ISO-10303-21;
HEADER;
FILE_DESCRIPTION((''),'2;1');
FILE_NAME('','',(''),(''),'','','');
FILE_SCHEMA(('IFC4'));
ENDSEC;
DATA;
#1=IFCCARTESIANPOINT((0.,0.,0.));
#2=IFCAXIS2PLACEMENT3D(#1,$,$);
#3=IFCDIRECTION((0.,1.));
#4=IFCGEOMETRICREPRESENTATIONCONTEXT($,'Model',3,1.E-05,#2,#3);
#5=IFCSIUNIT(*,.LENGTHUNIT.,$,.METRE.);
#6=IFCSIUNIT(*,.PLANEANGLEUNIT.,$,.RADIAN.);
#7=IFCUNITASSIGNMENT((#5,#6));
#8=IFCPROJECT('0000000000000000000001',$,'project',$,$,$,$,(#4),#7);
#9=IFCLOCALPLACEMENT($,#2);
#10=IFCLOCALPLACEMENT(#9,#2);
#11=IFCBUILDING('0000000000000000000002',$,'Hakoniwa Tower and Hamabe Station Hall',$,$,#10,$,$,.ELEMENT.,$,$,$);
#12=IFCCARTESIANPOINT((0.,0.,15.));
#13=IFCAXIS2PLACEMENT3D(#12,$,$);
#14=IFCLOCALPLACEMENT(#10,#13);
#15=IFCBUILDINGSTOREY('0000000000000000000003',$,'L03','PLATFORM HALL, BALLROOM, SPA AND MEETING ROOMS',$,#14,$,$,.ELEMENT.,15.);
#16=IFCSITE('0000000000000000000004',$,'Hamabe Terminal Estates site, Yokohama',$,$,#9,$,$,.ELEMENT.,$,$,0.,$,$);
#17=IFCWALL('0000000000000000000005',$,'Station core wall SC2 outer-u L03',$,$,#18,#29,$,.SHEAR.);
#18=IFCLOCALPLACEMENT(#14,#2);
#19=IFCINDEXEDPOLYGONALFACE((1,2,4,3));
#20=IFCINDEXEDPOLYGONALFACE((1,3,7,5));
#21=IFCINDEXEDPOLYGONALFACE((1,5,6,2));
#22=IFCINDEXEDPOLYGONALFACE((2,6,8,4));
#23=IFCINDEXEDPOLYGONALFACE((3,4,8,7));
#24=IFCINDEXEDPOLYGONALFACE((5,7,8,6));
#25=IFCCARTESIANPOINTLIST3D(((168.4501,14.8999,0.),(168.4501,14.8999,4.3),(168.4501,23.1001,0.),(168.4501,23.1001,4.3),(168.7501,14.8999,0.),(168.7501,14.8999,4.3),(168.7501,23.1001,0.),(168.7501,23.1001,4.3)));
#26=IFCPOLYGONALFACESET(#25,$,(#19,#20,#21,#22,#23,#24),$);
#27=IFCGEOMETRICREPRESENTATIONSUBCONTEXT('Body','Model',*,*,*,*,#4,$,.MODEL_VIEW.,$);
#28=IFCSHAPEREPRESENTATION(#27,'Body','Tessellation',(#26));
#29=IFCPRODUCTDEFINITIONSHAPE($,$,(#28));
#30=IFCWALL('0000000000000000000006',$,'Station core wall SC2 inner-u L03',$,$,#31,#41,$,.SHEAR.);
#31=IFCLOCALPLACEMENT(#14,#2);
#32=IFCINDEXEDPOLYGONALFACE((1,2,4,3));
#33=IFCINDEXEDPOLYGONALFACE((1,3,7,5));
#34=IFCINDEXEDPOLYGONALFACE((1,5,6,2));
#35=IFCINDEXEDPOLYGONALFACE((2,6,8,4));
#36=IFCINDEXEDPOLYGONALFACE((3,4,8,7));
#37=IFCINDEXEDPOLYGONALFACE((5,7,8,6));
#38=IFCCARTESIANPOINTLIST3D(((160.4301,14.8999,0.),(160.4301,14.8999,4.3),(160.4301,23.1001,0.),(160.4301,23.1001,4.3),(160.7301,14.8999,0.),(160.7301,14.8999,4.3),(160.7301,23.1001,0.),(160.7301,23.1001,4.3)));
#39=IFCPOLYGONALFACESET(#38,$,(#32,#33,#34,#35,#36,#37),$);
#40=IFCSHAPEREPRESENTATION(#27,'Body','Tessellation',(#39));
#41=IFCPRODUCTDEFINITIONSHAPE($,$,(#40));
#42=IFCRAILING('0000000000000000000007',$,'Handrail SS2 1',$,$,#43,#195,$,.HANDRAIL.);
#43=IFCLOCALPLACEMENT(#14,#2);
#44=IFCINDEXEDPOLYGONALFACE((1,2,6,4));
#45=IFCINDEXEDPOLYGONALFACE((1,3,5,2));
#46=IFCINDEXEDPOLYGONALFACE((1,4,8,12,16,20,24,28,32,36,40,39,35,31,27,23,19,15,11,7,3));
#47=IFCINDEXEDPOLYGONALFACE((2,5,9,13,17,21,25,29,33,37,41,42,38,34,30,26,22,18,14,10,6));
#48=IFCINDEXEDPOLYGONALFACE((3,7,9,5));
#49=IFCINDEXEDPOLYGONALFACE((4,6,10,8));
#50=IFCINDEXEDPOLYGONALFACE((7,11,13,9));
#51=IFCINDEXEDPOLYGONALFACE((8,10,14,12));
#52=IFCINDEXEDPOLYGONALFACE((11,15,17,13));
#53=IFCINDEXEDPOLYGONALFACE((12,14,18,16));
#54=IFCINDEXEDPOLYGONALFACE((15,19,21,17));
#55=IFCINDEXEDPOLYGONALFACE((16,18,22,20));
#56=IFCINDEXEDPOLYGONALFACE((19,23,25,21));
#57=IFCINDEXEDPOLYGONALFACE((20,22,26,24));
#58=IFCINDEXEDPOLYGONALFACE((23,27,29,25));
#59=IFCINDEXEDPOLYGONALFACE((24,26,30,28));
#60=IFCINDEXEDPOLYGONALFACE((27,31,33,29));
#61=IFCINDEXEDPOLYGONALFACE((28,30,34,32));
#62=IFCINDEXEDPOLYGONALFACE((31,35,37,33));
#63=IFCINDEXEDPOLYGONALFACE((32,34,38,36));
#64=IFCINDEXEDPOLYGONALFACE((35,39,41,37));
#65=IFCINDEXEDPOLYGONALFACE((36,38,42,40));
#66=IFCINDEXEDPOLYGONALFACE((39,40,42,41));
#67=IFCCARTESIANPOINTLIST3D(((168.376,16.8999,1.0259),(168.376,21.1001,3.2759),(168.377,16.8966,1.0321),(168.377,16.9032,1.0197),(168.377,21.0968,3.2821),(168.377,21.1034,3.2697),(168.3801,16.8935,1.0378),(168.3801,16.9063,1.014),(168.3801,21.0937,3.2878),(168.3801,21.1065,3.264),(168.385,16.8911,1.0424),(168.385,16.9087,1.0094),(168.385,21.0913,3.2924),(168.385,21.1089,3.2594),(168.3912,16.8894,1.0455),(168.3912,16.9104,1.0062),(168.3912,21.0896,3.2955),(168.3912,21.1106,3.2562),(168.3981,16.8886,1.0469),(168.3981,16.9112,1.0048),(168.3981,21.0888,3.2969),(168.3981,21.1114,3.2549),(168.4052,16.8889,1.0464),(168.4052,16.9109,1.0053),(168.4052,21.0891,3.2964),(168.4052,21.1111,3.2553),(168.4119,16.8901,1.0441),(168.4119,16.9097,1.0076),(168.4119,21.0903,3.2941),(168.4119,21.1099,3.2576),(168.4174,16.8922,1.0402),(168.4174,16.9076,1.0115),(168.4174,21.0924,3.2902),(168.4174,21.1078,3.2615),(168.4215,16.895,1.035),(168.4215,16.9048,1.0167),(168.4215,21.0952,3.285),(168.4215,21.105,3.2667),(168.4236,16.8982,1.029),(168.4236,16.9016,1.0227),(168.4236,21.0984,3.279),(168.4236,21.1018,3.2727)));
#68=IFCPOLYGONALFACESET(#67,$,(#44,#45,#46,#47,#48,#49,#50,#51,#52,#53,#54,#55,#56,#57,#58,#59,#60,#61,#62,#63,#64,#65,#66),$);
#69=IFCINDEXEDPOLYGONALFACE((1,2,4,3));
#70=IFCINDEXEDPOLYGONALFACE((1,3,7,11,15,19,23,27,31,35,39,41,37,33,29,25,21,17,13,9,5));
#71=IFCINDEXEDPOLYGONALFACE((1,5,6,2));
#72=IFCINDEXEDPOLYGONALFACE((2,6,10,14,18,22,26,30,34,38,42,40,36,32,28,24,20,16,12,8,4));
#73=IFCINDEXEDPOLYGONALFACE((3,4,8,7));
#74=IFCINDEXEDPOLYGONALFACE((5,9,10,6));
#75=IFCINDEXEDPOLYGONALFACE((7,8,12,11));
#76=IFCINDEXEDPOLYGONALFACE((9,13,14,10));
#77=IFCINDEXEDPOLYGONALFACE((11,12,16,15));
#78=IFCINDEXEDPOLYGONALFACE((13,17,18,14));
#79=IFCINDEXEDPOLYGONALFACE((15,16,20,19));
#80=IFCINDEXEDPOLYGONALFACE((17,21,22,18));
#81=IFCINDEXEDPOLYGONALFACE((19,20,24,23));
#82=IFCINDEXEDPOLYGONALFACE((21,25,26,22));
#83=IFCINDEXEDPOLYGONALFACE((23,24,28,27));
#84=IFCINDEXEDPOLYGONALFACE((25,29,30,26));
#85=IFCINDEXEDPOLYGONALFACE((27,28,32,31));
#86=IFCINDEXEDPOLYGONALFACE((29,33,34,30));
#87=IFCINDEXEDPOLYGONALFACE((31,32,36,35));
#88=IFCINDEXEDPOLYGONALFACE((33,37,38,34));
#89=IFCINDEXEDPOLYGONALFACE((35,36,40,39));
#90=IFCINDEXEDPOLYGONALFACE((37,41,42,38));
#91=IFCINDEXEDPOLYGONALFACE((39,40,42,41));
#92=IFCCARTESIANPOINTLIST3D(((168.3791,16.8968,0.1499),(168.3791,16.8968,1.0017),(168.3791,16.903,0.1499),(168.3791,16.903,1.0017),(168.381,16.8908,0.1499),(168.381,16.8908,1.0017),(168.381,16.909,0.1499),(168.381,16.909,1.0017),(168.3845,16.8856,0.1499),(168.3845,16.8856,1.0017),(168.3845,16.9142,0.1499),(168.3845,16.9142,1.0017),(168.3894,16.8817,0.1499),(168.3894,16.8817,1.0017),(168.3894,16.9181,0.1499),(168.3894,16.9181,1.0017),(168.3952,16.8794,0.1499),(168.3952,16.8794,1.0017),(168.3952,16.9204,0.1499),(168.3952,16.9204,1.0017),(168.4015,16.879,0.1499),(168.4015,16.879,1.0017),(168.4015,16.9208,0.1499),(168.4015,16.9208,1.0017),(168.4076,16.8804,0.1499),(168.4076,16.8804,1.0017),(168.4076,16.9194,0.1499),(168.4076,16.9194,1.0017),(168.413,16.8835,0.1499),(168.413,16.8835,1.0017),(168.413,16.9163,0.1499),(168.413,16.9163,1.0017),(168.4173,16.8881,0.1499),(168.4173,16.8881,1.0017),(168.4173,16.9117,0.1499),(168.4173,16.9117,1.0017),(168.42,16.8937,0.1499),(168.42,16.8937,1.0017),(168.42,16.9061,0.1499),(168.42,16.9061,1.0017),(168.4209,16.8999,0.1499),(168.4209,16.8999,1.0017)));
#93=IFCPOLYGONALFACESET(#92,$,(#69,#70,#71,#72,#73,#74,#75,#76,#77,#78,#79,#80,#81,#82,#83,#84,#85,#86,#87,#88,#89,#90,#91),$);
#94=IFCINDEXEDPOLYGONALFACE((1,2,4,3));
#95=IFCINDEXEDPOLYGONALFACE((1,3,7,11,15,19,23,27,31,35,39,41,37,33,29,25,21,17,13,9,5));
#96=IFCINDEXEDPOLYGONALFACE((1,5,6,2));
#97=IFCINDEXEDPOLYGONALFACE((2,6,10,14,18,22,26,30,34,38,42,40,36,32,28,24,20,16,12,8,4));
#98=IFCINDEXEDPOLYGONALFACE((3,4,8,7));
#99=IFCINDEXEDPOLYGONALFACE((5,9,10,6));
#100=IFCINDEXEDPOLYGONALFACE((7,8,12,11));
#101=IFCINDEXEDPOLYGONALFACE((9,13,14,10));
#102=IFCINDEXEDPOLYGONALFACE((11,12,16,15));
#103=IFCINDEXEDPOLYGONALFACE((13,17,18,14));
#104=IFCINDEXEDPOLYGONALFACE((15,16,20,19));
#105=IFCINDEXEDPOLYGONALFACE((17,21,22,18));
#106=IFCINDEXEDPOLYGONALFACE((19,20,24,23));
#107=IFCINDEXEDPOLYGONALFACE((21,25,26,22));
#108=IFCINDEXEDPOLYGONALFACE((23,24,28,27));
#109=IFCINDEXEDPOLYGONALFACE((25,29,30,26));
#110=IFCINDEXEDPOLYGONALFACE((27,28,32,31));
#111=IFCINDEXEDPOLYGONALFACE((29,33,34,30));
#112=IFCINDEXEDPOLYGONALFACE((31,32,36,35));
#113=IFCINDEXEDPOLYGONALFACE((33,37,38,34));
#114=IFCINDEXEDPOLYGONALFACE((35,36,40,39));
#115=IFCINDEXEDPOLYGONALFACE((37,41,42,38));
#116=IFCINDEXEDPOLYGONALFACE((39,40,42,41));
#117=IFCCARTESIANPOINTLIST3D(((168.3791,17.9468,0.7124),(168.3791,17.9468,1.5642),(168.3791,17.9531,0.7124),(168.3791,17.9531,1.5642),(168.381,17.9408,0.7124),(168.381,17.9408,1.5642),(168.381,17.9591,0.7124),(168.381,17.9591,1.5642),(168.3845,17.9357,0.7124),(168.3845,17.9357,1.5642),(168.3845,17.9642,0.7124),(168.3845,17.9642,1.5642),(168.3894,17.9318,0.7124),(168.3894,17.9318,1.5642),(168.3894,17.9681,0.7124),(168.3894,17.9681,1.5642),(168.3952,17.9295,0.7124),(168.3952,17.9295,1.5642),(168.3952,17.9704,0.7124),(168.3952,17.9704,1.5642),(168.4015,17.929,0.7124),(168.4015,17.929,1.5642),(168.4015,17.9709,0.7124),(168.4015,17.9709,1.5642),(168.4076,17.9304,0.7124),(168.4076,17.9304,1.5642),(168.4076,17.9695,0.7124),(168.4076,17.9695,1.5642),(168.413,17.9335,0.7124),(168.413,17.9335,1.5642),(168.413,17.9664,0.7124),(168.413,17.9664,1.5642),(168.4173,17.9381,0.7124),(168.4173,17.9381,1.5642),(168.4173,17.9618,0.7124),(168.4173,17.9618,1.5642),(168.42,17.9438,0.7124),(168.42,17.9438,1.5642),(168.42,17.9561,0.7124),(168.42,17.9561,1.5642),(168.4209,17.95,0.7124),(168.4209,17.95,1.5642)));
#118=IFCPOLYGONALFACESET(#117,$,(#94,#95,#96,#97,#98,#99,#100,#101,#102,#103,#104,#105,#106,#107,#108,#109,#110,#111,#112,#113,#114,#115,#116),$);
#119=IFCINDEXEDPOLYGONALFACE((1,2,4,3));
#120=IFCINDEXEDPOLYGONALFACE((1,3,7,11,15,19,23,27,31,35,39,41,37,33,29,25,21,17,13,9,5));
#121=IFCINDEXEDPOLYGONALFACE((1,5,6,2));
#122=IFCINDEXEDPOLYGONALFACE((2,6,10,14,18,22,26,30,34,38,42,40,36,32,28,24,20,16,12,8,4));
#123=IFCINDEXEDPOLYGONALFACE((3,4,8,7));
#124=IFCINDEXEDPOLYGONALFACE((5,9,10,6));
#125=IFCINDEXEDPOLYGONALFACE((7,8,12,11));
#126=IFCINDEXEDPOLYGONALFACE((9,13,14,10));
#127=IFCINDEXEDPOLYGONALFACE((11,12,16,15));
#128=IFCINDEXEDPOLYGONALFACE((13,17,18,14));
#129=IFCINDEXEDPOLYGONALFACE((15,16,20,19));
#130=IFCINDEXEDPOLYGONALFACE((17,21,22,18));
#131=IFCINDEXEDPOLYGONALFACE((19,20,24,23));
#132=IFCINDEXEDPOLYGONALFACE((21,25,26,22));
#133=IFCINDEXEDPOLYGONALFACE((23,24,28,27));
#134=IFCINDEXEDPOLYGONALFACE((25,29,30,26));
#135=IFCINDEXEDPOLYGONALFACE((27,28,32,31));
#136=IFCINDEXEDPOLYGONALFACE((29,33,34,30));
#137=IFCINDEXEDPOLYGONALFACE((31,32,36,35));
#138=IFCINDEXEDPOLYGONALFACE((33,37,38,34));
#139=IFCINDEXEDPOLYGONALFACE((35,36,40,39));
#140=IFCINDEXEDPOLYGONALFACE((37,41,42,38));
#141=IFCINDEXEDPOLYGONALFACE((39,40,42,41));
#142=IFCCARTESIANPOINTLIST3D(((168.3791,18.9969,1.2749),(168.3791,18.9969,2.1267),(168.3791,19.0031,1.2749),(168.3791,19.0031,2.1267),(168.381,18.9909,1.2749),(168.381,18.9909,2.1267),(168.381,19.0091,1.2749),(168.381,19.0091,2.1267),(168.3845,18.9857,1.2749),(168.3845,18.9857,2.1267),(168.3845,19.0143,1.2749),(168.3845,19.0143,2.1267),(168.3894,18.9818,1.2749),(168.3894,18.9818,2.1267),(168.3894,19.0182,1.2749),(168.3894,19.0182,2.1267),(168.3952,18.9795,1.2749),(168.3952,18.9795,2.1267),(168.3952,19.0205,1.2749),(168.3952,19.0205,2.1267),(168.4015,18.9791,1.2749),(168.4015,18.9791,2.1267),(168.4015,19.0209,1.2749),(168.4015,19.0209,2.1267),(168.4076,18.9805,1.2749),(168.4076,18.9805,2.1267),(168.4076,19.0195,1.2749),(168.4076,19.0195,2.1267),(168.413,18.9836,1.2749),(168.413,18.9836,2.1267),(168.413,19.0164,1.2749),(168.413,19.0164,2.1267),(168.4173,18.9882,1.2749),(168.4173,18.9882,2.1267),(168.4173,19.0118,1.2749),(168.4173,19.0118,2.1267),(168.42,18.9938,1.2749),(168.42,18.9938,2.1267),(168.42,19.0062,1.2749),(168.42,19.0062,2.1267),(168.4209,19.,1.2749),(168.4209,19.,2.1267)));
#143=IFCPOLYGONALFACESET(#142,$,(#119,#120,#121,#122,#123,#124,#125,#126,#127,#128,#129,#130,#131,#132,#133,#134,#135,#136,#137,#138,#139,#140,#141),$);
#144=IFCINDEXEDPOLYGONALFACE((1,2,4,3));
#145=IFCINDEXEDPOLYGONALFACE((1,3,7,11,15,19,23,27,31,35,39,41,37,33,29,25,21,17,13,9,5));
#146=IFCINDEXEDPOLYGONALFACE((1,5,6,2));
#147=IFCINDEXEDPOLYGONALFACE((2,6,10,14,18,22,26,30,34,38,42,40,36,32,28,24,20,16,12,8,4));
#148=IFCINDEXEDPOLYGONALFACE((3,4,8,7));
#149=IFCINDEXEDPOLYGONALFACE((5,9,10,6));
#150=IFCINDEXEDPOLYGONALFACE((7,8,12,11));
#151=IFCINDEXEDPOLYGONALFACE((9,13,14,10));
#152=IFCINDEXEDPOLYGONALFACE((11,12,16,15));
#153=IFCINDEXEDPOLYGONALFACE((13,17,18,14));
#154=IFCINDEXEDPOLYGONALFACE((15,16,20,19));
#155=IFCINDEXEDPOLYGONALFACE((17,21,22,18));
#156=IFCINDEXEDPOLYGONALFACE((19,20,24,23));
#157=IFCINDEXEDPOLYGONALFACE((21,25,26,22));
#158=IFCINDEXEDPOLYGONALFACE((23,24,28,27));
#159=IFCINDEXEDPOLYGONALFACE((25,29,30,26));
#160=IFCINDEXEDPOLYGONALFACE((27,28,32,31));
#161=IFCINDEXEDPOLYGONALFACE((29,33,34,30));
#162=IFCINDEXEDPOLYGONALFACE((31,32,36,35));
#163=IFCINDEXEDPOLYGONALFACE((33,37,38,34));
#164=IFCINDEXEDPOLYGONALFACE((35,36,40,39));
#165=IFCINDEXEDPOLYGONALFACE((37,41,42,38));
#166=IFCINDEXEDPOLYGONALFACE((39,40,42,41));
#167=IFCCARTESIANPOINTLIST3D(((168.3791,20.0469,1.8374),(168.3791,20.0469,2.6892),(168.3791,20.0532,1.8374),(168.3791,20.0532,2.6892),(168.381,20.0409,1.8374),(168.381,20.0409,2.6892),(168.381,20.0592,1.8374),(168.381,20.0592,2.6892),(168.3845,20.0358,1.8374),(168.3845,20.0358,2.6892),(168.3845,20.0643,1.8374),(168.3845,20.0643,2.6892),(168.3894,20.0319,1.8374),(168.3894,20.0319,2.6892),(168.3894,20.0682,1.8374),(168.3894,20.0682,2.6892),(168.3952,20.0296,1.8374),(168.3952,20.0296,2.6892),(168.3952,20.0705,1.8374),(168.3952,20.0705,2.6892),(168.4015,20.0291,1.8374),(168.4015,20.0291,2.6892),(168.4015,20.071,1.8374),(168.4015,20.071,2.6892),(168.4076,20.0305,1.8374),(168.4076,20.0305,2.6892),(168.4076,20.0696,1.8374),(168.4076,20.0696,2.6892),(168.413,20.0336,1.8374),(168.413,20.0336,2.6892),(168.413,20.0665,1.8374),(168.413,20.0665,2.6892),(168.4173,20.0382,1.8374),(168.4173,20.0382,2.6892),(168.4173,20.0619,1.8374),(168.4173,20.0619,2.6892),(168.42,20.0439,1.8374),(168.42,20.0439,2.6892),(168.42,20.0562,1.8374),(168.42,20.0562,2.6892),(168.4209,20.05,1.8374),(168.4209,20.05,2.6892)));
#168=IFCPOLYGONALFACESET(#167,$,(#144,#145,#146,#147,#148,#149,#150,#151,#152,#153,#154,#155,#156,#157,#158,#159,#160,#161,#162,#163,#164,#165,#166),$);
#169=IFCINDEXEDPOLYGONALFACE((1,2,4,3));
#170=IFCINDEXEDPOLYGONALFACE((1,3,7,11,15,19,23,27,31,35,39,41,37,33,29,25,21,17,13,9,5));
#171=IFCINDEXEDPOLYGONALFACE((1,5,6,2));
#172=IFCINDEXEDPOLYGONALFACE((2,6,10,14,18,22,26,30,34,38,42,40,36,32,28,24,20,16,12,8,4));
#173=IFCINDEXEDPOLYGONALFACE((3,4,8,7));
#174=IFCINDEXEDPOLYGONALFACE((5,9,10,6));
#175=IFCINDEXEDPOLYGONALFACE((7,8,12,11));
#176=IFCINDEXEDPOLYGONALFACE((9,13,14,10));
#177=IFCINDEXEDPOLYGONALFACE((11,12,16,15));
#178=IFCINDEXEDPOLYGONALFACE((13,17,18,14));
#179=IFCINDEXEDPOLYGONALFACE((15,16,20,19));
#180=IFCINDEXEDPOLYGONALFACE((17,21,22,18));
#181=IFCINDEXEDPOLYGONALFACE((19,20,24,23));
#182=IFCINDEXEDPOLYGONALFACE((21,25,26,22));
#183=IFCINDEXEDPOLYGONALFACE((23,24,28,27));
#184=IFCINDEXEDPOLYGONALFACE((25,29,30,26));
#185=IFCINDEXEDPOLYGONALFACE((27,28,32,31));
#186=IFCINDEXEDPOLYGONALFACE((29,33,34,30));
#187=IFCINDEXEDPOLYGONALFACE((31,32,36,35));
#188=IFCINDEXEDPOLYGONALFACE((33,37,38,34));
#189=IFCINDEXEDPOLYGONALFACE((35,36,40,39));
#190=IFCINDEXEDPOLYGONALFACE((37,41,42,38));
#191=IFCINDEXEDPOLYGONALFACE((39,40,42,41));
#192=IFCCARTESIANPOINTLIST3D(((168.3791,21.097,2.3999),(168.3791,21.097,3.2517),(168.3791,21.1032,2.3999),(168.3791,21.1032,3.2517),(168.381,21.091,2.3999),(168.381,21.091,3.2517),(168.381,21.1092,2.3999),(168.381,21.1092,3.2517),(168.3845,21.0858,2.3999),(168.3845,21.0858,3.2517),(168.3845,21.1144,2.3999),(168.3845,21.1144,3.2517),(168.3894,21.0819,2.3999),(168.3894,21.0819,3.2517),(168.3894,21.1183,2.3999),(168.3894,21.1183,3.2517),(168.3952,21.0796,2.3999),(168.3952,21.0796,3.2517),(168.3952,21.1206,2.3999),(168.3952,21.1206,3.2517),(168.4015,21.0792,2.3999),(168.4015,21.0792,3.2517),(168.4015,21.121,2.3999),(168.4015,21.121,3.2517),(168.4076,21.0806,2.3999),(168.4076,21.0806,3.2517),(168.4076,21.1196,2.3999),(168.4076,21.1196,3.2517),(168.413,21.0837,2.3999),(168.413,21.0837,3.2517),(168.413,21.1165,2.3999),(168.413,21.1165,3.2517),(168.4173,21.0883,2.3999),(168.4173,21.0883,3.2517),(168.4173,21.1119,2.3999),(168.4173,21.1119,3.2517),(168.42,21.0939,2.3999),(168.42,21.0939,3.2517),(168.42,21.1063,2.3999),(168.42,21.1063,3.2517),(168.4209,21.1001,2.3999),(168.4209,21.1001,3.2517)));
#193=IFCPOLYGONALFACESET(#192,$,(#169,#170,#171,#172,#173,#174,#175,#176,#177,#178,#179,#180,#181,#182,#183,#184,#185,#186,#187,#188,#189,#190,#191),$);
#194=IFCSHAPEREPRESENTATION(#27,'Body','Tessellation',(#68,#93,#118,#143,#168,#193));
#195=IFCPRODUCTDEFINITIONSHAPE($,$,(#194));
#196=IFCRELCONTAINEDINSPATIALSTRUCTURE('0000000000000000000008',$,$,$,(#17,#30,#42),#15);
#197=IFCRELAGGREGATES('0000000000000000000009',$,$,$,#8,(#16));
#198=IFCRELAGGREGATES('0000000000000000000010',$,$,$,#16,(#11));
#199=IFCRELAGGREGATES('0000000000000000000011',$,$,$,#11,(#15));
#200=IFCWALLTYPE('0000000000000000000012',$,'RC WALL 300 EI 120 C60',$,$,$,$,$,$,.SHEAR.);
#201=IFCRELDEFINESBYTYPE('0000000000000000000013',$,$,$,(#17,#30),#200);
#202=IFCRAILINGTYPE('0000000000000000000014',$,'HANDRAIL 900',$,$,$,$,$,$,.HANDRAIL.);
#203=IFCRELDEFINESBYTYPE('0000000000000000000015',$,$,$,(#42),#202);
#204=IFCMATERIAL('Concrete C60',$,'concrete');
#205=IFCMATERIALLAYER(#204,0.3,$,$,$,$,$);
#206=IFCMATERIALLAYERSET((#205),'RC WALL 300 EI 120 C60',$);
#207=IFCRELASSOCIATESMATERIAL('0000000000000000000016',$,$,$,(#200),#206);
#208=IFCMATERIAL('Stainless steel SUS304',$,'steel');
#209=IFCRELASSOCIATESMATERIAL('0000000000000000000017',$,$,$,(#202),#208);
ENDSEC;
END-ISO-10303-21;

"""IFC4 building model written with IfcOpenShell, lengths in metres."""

from ifc_helpers import new_model, si_unit, direction, frame, frame_2d, origin, origin_2d, place, context, subcontext, project, spatial, rectangle, circle, extrude, material, layer, layer_set, type_object, element, save


model = new_model("IFC4")

# Units and contexts
model_context = context("Model", 3, precision=1e-05, world=origin(), true_north=direction((0.0, 1.0)))
body_context = subcontext(model_context, "Body", "Model", "MODEL_VIEW")
ifc_project = project(units=[si_unit("LENGTHUNIT", "METRE"), si_unit("PLANEANGLEUNIT", "RADIAN")], contexts=[model_context])

# Site, building, storey
site_placement = place(None, origin())
site = spatial("IfcSite", under=ifc_project, at=site_placement, Name="Hamabe Terminal Estates site, Yokohama", CompositionType="ELEMENT", RefElevation=0.0)
building_placement = place(site_placement, origin())
building = spatial("IfcBuilding", under=site, at=building_placement, Name="Hakoniwa Tower and Hamabe Station Hall", CompositionType="ELEMENT")
storey_placement = place(building_placement, frame((0.0, 0.0, 15.0)))
storey = spatial("IfcBuildingStorey", under=building, at=storey_placement, Name="L03", Description="PLATFORM HALL, BALLROOM, SPA AND MEETING ROOMS", CompositionType="ELEMENT", Elevation=15.0)

# Shared definitions
ifc_material_1 = material(Name="Concrete C60", Category="concrete")
ifc_layer_1 = layer(ifc_material_1, 0.3)
ifc_layer_set_1 = layer_set([ifc_layer_1], Name="RC WALL 300 EI 120 C60")
wall_type_1 = type_object("IfcWallType", Name="RC WALL 300 EI 120 C60", PredefinedType="SHEAR", material=ifc_layer_set_1)

# Walls
for number, where, z_axis, x_axis, name in (
    (1, (168.6001, 23.1001, 0.0), (0.0, 0.0, 1.0), (0.0, -1.0, 0.0), "Station core wall SC2 outer-u L03"),
    (2, (160.5801, 23.1001, 0.0), (0.0, 0.0, 1.0), (0.0, -1.0, 0.0), "Station core wall SC2 inner-u L03"),
):
    element("IfcWall", number, at=place(storey_placement, frame(where, z_axis=z_axis, x_axis=x_axis)), inside=storey, type_object=wall_type_1, Name=name, PredefinedType="SHEAR", context=body_context, shape_type="SweptSolid", body=[
        extrude(rectangle(XDim=8.2002, YDim=0.3, at=frame_2d((4.1001, 0.0))), origin(), (0.0, 0.0, 1.0), 4.3),
    ])

# Railing
ifc_material_2 = material(Name="Stainless steel SUS304", Category="steel")
railing_type_1 = type_object("IfcRailingType", Name="HANDRAIL 900", PredefinedType="HANDRAIL", material=ifc_material_2)
for number, where, name in (
    (3, (168.3999, 16.8999, 0.1499), "Handrail SS2 1"),
):
    element("IfcRailing", number, at=place(storey_placement, frame(where)), inside=storey, type_object=railing_type_1, Name=name, PredefinedType="HANDRAIL", context=body_context, shape_type="SweptSolid", body=[
        extrude(circle(Radius=0.0239, at=origin_2d()), frame((0.0, 0.0, 0.876), z_axis=(0.0, 0.881489, 0.472204), x_axis=(-1.0, 0.0, 0.0)), (0.0, 0.0, 1.0), 4.7649),
        extrude(circle(Radius=0.021, at=origin_2d()), origin(), (0.0, 0.0, 1.0), 0.8518),
        extrude(circle(Radius=0.021, at=origin_2d()), frame((0.0, 1.05, 0.5625)), (0.0, 0.0, 1.0), 0.8518),
        extrude(circle(Radius=0.021, at=origin_2d()), frame((0.0, 2.1001, 1.125)), (0.0, 0.0, 1.0), 0.8518),
        extrude(circle(Radius=0.021, at=origin_2d()), frame((0.0, 3.1501, 1.6875)), (0.0, 0.0, 1.0), 0.8518),
        extrude(circle(Radius=0.021, at=origin_2d()), frame((0.0, 4.2002, 2.25)), (0.0, 0.0, 1.0), 0.8518),
    ])

save(model, "model.ifc")
